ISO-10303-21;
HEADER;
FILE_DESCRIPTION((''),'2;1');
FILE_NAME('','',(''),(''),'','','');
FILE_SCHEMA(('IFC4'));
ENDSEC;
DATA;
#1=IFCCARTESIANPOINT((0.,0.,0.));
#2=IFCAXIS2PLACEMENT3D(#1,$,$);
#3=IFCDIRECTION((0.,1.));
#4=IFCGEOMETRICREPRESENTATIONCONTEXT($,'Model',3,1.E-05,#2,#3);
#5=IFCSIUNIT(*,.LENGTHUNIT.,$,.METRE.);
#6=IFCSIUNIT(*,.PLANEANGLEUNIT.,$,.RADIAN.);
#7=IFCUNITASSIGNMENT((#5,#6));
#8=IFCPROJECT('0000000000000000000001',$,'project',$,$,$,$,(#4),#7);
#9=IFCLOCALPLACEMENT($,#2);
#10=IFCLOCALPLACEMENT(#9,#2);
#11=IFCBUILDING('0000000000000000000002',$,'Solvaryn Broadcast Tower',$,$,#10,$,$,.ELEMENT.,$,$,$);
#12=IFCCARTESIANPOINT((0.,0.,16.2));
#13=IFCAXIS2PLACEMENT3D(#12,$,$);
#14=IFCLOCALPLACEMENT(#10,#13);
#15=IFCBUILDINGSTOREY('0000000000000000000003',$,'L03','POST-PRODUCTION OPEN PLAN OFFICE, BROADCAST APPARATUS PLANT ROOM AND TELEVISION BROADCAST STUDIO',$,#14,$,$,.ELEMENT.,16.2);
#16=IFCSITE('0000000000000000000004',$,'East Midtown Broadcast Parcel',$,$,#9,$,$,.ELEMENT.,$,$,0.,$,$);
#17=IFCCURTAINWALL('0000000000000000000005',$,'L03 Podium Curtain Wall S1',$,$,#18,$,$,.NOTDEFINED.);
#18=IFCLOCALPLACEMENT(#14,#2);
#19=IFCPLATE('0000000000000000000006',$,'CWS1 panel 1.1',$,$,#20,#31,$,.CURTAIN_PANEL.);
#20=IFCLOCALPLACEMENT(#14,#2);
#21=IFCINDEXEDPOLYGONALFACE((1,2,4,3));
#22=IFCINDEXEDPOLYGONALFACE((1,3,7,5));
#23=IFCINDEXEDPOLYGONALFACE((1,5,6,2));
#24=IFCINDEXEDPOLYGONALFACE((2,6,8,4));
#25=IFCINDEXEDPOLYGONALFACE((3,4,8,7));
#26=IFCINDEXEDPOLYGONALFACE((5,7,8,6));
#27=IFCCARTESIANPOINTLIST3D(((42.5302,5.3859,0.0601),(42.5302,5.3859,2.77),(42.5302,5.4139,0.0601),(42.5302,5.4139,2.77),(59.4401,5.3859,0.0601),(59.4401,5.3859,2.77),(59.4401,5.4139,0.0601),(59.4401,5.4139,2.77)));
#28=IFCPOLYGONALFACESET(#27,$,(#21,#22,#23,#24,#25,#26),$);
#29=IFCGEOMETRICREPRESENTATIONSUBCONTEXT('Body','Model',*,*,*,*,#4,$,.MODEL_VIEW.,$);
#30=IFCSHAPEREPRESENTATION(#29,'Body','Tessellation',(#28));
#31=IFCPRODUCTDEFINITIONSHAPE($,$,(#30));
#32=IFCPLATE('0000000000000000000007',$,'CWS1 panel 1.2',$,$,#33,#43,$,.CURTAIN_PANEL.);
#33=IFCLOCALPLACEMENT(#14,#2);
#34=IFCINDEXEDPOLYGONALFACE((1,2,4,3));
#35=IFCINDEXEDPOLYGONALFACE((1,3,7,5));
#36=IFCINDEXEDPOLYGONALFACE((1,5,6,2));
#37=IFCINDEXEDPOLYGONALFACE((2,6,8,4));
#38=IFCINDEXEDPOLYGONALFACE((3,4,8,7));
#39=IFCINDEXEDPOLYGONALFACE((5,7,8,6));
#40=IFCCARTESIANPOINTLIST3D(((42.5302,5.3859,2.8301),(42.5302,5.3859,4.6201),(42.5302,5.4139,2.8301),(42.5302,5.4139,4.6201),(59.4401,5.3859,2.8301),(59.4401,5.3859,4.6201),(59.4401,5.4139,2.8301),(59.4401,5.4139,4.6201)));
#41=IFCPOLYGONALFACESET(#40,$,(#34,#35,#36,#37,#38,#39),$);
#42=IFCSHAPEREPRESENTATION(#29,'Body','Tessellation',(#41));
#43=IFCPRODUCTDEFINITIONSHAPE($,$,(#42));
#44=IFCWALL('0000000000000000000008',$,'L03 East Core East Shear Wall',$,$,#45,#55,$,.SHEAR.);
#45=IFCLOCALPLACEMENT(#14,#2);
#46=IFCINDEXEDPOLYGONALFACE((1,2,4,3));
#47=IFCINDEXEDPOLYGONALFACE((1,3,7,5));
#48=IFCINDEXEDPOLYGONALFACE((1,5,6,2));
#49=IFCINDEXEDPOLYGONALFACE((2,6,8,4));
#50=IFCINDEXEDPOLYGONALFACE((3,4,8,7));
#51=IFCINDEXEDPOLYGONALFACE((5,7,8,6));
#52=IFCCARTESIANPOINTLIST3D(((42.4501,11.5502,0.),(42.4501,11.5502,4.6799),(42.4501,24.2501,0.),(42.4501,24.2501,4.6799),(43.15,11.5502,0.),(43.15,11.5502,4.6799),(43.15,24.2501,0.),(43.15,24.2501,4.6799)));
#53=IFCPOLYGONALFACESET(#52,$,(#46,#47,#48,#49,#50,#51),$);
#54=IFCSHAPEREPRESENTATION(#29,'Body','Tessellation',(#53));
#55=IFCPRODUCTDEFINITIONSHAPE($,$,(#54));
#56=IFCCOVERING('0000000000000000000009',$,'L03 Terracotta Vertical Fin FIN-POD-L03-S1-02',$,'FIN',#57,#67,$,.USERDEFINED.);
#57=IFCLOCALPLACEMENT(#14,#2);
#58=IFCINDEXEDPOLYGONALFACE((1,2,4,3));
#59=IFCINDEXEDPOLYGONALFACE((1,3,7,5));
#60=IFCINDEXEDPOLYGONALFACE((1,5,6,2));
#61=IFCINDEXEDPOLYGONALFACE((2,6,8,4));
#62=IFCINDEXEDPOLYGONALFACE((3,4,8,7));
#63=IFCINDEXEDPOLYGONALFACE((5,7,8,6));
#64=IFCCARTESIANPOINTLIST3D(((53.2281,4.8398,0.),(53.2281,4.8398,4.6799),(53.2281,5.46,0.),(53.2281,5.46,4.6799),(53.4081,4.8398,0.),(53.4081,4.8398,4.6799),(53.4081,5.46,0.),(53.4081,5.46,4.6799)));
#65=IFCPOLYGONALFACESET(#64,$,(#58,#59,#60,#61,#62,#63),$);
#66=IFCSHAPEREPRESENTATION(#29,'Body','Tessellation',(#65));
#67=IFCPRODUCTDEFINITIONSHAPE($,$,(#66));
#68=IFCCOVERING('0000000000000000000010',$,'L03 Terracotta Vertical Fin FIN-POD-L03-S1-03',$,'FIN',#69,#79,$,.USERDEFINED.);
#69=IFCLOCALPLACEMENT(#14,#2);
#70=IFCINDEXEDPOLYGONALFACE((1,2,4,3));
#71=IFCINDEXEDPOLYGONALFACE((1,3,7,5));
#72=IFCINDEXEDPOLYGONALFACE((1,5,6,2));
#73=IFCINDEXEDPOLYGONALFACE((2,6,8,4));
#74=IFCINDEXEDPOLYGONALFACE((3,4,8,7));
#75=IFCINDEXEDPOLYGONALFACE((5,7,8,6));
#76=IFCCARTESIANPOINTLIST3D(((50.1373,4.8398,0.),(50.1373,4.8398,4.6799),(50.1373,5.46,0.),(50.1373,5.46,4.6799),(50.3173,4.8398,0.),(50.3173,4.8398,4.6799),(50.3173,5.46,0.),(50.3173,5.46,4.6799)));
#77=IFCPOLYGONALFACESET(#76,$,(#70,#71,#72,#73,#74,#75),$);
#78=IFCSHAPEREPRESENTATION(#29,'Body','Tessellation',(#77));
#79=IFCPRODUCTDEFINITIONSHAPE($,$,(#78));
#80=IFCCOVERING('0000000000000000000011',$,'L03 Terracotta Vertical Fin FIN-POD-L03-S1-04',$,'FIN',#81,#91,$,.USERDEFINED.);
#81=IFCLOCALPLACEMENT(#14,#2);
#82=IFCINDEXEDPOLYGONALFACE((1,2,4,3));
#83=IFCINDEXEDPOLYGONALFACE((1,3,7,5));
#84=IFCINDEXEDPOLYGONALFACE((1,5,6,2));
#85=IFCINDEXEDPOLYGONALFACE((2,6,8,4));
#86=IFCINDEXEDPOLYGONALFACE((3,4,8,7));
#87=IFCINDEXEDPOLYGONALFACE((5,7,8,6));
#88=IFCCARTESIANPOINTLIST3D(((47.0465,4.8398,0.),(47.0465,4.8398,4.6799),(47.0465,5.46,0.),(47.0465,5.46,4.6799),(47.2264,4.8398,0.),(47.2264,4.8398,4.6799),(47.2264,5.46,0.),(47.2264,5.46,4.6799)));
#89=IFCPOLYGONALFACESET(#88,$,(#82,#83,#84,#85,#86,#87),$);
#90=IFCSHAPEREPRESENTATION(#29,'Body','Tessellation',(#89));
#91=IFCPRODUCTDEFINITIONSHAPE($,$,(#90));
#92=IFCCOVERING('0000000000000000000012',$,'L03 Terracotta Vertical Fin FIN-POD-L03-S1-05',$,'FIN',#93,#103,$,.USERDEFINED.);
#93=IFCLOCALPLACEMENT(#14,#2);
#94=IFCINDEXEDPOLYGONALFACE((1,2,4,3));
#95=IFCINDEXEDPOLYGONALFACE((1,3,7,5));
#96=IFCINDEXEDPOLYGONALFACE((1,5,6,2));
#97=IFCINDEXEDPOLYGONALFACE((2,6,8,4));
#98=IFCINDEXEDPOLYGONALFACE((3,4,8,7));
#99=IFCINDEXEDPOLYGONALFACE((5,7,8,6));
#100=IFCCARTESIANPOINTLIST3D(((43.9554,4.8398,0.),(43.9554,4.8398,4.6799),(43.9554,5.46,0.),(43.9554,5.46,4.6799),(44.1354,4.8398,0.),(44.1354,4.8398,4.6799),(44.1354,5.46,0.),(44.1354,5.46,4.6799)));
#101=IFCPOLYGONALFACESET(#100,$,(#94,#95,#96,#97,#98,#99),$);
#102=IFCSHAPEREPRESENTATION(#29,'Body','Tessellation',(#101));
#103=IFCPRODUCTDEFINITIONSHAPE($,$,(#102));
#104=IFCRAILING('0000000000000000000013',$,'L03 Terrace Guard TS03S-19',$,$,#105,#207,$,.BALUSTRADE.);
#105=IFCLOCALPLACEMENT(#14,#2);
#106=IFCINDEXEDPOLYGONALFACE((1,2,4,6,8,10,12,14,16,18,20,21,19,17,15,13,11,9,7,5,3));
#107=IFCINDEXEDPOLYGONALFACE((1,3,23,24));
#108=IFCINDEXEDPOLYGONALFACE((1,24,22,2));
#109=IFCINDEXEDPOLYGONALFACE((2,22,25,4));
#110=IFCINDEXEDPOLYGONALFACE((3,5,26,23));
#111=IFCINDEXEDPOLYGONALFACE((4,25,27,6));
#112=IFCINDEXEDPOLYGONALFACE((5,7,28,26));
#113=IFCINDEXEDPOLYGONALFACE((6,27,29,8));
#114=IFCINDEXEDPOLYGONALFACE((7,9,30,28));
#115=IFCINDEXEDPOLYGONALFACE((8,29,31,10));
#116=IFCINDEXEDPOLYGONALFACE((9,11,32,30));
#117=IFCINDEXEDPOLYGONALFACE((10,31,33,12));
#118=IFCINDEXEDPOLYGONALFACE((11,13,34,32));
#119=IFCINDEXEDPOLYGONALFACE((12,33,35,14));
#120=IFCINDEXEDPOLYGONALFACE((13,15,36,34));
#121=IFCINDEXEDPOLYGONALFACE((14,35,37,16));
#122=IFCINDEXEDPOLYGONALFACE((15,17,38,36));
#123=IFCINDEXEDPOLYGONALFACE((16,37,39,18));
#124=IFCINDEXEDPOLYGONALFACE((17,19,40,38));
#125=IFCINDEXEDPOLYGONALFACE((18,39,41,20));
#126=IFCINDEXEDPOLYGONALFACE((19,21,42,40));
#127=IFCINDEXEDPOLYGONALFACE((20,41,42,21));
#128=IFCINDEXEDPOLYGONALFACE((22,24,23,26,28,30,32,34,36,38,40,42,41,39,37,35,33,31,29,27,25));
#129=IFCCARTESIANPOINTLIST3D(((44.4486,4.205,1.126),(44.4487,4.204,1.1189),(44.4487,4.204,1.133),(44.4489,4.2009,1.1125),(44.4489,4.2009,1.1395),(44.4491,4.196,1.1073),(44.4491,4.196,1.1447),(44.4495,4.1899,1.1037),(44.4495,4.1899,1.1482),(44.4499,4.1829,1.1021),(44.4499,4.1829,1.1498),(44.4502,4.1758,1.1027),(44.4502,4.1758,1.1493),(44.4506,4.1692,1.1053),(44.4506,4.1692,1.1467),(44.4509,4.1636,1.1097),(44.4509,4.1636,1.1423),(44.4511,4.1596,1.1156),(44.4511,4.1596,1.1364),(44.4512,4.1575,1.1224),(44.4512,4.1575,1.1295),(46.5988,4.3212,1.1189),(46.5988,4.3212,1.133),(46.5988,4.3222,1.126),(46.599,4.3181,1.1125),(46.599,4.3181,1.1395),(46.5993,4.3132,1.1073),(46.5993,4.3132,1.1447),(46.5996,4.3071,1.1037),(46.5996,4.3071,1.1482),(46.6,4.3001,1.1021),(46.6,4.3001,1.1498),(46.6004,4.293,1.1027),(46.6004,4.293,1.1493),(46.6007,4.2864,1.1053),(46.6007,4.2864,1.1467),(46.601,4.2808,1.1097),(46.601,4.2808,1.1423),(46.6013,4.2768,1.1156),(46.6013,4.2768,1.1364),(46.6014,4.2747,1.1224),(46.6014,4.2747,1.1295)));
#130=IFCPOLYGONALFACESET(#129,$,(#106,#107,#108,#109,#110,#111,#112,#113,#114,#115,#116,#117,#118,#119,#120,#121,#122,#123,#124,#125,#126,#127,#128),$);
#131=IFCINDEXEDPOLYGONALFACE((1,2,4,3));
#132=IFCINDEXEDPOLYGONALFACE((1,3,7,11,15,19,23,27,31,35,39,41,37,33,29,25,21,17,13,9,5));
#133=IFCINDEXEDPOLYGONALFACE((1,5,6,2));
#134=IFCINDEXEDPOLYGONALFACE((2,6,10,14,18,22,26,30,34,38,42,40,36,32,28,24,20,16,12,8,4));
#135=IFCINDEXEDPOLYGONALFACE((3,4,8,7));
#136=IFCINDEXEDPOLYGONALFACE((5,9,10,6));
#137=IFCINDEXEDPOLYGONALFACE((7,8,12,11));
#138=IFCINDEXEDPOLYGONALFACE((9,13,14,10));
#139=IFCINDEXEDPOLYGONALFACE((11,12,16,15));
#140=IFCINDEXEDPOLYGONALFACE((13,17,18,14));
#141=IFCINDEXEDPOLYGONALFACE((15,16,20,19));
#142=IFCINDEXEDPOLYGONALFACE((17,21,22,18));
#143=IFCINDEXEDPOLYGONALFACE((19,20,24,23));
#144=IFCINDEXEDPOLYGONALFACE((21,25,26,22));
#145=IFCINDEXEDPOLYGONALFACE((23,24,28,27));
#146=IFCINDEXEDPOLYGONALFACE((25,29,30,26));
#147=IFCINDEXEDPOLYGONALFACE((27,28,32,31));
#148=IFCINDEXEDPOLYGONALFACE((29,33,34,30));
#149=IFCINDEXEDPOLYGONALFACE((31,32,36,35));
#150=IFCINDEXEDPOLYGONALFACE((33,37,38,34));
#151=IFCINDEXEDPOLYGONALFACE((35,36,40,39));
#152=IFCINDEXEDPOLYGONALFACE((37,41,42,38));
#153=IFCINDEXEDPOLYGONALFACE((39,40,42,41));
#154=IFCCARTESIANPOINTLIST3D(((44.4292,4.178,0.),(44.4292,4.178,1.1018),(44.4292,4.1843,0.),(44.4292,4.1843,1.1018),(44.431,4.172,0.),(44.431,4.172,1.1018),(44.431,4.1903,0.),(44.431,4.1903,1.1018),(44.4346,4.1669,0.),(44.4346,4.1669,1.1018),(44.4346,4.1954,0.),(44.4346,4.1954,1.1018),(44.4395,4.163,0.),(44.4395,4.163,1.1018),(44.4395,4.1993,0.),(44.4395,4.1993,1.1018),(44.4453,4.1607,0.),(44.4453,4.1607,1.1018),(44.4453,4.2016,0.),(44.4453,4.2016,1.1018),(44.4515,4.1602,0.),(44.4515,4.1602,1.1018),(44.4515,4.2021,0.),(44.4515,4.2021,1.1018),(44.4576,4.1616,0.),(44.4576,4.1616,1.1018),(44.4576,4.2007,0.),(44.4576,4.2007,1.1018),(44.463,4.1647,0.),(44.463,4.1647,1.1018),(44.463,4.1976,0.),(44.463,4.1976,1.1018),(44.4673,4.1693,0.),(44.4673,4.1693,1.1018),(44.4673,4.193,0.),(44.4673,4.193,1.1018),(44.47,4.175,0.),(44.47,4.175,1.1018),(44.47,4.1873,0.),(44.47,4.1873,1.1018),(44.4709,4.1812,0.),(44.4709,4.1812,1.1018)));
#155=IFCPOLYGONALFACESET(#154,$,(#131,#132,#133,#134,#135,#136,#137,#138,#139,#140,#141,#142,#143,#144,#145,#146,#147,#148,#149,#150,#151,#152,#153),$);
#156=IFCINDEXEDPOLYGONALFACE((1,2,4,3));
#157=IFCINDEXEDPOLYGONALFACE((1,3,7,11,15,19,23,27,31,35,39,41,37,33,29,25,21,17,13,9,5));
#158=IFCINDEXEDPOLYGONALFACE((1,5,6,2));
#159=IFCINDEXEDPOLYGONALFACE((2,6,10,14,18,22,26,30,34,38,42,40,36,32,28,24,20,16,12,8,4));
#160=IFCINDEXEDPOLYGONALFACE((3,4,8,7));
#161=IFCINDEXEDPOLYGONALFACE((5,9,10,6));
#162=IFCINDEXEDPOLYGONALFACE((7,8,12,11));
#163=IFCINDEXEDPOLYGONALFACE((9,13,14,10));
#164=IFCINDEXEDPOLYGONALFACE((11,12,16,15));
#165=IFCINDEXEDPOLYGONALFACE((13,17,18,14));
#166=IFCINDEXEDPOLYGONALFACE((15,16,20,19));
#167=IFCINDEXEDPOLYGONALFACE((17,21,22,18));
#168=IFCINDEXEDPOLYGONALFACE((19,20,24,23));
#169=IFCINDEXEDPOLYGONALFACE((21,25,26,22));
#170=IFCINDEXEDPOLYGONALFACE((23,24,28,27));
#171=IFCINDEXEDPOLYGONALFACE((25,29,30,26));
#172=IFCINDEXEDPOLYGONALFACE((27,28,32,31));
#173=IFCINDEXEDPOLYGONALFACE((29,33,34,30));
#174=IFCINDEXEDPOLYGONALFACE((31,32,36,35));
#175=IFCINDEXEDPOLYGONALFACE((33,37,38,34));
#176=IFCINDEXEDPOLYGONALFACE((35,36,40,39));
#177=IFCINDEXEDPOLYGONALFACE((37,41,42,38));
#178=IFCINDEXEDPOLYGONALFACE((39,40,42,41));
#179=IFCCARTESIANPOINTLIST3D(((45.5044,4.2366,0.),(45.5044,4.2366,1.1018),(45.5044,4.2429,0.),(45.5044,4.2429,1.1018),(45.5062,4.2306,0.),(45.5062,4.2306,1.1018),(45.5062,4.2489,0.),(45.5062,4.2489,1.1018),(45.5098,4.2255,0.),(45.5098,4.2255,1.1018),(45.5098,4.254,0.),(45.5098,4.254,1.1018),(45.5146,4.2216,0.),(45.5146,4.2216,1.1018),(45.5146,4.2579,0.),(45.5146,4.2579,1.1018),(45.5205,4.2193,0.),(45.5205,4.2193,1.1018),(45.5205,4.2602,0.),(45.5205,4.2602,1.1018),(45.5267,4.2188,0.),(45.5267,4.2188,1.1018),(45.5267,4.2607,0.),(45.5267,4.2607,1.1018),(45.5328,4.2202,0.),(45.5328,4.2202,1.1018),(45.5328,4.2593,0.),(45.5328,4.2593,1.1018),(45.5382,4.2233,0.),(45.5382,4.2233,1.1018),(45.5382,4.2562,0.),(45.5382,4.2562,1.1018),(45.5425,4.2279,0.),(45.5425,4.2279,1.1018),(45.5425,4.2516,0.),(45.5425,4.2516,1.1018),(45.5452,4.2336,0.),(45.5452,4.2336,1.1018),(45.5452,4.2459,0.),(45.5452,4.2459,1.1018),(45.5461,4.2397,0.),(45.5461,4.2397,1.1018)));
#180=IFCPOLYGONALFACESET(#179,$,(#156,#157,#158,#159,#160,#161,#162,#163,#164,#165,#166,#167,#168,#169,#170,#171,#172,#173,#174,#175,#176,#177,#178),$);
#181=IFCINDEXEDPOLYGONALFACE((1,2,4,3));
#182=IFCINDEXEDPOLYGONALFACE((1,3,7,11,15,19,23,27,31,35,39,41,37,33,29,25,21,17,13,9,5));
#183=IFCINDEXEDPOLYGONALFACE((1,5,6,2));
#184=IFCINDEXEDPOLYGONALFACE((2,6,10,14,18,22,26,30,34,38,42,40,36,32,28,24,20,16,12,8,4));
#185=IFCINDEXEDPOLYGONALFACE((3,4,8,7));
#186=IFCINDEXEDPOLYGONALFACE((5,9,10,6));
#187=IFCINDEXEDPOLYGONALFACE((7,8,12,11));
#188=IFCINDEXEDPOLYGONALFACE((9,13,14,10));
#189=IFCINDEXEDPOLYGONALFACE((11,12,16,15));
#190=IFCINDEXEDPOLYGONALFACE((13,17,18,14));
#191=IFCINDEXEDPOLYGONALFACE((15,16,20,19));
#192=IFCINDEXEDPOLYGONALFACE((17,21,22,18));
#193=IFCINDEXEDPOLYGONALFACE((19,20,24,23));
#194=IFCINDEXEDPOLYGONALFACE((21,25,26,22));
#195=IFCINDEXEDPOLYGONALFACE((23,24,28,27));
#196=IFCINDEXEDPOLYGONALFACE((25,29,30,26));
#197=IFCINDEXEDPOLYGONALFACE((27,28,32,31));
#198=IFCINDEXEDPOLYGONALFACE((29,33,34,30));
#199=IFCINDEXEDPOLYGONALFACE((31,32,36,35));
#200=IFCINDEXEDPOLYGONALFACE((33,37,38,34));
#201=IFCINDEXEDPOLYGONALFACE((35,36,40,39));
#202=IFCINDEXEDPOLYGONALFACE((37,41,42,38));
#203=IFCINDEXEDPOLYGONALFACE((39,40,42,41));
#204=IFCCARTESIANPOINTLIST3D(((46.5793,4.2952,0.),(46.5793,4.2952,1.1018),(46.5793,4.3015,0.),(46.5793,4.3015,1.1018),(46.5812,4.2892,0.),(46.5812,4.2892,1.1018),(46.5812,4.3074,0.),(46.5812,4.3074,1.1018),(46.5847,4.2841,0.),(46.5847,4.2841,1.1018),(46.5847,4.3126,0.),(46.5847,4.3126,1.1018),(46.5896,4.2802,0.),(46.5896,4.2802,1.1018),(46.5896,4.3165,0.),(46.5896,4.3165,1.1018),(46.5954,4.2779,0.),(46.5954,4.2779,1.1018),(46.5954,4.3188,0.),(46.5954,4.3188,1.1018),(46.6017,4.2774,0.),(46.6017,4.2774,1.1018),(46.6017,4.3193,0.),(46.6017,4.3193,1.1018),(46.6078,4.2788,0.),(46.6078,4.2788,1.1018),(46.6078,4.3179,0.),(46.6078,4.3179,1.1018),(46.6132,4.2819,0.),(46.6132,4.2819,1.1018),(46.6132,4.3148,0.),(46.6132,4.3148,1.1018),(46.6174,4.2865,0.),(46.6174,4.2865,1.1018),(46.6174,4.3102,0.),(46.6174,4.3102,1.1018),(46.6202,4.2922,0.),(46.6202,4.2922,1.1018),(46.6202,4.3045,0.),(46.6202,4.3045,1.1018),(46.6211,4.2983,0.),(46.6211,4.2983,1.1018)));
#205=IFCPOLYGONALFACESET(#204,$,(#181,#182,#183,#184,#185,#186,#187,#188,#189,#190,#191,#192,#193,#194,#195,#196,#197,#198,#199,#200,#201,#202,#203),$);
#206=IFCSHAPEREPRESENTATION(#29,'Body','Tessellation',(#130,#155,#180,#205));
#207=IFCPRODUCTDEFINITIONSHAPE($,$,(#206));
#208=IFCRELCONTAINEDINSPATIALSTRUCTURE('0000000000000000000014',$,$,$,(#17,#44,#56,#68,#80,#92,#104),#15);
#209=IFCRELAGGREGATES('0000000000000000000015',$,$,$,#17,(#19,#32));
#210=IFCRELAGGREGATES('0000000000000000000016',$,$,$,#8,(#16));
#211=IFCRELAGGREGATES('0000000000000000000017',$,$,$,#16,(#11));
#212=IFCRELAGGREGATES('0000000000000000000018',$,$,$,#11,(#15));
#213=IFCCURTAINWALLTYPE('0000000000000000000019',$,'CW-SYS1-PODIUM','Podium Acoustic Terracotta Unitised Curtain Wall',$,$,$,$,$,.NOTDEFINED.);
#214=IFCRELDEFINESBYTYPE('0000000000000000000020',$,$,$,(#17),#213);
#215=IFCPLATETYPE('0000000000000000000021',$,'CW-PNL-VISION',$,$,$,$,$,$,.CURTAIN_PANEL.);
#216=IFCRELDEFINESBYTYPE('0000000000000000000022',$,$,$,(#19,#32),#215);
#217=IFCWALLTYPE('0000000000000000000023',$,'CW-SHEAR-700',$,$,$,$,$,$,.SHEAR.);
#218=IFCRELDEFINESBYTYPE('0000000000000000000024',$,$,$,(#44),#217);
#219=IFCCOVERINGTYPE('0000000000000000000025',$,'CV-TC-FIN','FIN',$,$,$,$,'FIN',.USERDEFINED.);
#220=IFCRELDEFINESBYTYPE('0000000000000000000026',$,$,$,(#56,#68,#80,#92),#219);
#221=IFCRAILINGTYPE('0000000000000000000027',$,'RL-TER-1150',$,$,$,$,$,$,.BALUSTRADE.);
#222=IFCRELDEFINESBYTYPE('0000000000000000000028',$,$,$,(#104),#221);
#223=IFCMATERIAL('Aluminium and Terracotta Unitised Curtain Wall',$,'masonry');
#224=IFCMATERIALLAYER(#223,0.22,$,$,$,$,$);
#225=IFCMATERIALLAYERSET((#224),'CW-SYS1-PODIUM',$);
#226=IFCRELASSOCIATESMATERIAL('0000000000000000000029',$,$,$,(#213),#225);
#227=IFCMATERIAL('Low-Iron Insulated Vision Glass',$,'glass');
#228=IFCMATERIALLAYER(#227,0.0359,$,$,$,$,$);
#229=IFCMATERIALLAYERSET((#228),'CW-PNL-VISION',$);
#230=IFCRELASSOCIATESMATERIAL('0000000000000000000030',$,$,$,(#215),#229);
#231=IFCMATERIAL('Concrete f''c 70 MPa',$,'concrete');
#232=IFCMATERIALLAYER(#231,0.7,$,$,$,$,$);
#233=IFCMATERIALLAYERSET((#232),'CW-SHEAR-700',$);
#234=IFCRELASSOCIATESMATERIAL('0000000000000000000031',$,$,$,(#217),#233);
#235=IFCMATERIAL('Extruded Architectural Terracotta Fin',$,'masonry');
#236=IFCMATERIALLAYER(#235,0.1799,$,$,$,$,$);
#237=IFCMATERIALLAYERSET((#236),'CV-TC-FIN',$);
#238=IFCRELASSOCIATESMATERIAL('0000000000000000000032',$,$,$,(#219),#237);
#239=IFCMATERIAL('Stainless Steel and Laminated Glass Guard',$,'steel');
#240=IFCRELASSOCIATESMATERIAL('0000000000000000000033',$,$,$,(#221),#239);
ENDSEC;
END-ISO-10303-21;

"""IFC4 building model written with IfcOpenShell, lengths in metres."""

from ifc_helpers import new_model, si_unit, direction, frame, frame_2d, origin, origin_2d, place, context, subcontext, project, spatial, rectangle, circle, extrude, material, layer, layer_set, type_object, element, aggregate, save


model = new_model("IFC4")

# Units and contexts
model_context = context("Model", 3, precision=1e-05, world=origin(), true_north=direction((0.0, 1.0)))
body_context = subcontext(model_context, "Body", "Model", "MODEL_VIEW")
ifc_project = project(units=[si_unit("LENGTHUNIT", "METRE"), si_unit("PLANEANGLEUNIT", "RADIAN")], contexts=[model_context])

# Site, building, storey
site_placement = place(None, origin())
site = spatial("IfcSite", under=ifc_project, at=site_placement, Name="East Midtown Broadcast Parcel", CompositionType="ELEMENT", RefElevation=0.0)
building_placement = place(site_placement, origin())
building = spatial("IfcBuilding", under=site, at=building_placement, Name="Solvaryn Broadcast Tower", CompositionType="ELEMENT")
storey_placement = place(building_placement, frame((0.0, 0.0, 16.2)))
storey = spatial("IfcBuildingStorey", under=building, at=storey_placement, Name="L03", Description="POST-PRODUCTION OPEN PLAN OFFICE, BROADCAST APPARATUS PLANT ROOM AND TELEVISION BROADCAST STUDIO", CompositionType="ELEMENT", Elevation=16.2)

# Curtain wall, plates
ifc_material_1 = material(Name="Aluminium and Terracotta Unitised Curtain Wall", Category="masonry")
ifc_layer_1 = layer(ifc_material_1, 0.22)
ifc_layer_set_1 = layer_set([ifc_layer_1], Name="CW-SYS1-PODIUM")
curtain_wall_type = type_object("IfcCurtainWallType", Name="CW-SYS1-PODIUM", Description="Podium Acoustic Terracotta Unitised Curtain Wall", PredefinedType="NOTDEFINED", material=ifc_layer_set_1)
curtain_wall_placement = place(storey_placement, origin())
curtain_wall = element("IfcCurtainWall", 1, at=curtain_wall_placement, inside=storey, type_object=curtain_wall_type, Name="L03 Podium Curtain Wall S1", PredefinedType="NOTDEFINED")
ifc_material_2 = material(Name="Low-Iron Insulated Vision Glass", Category="glass")
ifc_layer_2 = layer(ifc_material_2, 0.0359)
ifc_layer_set_2 = layer_set([ifc_layer_2], Name="CW-PNL-VISION")
plate_type = type_object("IfcPlateType", Name="CW-PNL-VISION", PredefinedType="CURTAIN_PANEL", material=ifc_layer_set_2)
plate_1_placement = place(storey_placement, frame((50.9851, 5.3999, 0.0601), z_axis=(0.0, 0.0, 1.0), x_axis=(-1.0, 0.0, 0.0)))
plate_1 = element("IfcPlate", 2, at=plate_1_placement, type_object=plate_type, Name="CWS1 panel 1.1", PredefinedType="CURTAIN_PANEL", context=body_context, shape_type="SweptSolid", body=[
    extrude(rectangle(XDim=16.9099, YDim=0.0281, at=origin_2d()), origin(), (0.0, 0.0, 1.0), 2.71),
])
plate_2_placement = place(storey_placement, frame((50.9851, 5.3999, 2.8301), z_axis=(0.0, 0.0, 1.0), x_axis=(-1.0, 0.0, 0.0)))
plate_2 = element("IfcPlate", 3, at=plate_2_placement, type_object=plate_type, Name="CWS1 panel 1.2", PredefinedType="CURTAIN_PANEL", context=body_context, shape_type="SweptSolid", body=[
    extrude(rectangle(XDim=16.9099, YDim=0.0281, at=origin_2d()), origin(), (0.0, 0.0, 1.0), 1.79),
])
aggregate(curtain_wall, [plate_1, plate_2])

# Wall
ifc_material_3 = material(Name="Concrete f'c 70 MPa", Category="concrete")
ifc_layer_3 = layer(ifc_material_3, 0.7)
ifc_layer_set_3 = layer_set([ifc_layer_3], Name="CW-SHEAR-700")
wall_type = type_object("IfcWallType", Name="CW-SHEAR-700", PredefinedType="SHEAR", material=ifc_layer_set_3)
wall_placement = place(storey_placement, frame((42.8, 11.55, 0.0), z_axis=(0.0, 0.0, 1.0), x_axis=(0.0, 1.0, 0.0)))
element("IfcWall", 4, at=wall_placement, inside=storey, type_object=wall_type, Name="L03 East Core East Shear Wall", PredefinedType="SHEAR", context=body_context, shape_type="SweptSolid", body=[
    extrude(rectangle(XDim=12.7, YDim=0.7, at=frame_2d((6.3501, 0.0))), origin(), (0.0, 0.0, 1.0), 4.6799),
])

# Coverings
ifc_material_4 = material(Name="Extruded Architectural Terracotta Fin", Category="masonry")
ifc_layer_4 = layer(ifc_material_4, 0.1799)
ifc_layer_set_4 = layer_set([ifc_layer_4], Name="CV-TC-FIN")
covering_type = type_object("IfcCoveringType", Name="CV-TC-FIN", Description="FIN", ElementType="FIN", PredefinedType="USERDEFINED", material=ifc_layer_set_4)
for number, where, z_axis, x_axis, name in (
    (5, (53.3181, 5.1499, 0.0), (0.0, 0.0, 1.0), (1.0, 0.0, 0.0), "L03 Terracotta Vertical Fin FIN-POD-L03-S1-02"),
    (6, (50.2273, 5.1499, 0.0), (0.0, 0.0, 1.0), (1.0, 0.0, 0.0), "L03 Terracotta Vertical Fin FIN-POD-L03-S1-03"),
    (7, (47.1365, 5.1499, 0.0), (0.0, 0.0, 1.0), (1.0, 0.0, 0.0), "L03 Terracotta Vertical Fin FIN-POD-L03-S1-04"),
    (8, (44.0454, 5.1499, 0.0), (0.0, 0.0, 1.0), (1.0, 0.0, 0.0), "L03 Terracotta Vertical Fin FIN-POD-L03-S1-05"),
):
    element("IfcCovering", number, at=place(storey_placement, frame(where, z_axis=z_axis, x_axis=x_axis)), inside=storey, type_object=covering_type, Name=name, ObjectType="FIN", PredefinedType="USERDEFINED", context=body_context, shape_type="SweptSolid", body=[
        extrude(rectangle(XDim=0.1799, YDim=0.6201, at=origin_2d()), origin(), (0.0, 0.0, 1.0), 4.6799),
    ])

# Railing
ifc_material_5 = material(Name="Stainless Steel and Laminated Glass Guard", Category="steel")
railing_type = type_object("IfcRailingType", Name="RL-TER-1150", PredefinedType="BALUSTRADE", material=ifc_material_5)
railing_1_placement = place(storey_placement, frame((44.45, 4.1812, 0.0)))
element("IfcRailing", 9, at=railing_1_placement, inside=storey, type_object=railing_type, Name="L03 Terrace Guard TS03S-19", PredefinedType="BALUSTRADE", context=body_context, shape_type="SweptSolid", body=[
    extrude(circle(Radius=0.0239, at=origin_2d()), frame((0.0, 0.0, 1.126), z_axis=(0.998518, 0.054421, 0.0), x_axis=(-0.054421, 0.998518, 0.0)), (0.0, 0.0, 1.0), 2.1533),
    extrude(circle(Radius=0.021, at=origin_2d()), origin(), (0.0, 0.0, 1.0), 1.1018),
    extrude(circle(Radius=0.021, at=origin_2d()), frame((1.0752, 0.0586, 0.0)), (0.0, 0.0, 1.0), 1.1018),
    extrude(circle(Radius=0.021, at=origin_2d()), frame((2.1501, 0.1172, 0.0)), (0.0, 0.0, 1.0), 1.1018),
])

save(model, "model.ifc")
